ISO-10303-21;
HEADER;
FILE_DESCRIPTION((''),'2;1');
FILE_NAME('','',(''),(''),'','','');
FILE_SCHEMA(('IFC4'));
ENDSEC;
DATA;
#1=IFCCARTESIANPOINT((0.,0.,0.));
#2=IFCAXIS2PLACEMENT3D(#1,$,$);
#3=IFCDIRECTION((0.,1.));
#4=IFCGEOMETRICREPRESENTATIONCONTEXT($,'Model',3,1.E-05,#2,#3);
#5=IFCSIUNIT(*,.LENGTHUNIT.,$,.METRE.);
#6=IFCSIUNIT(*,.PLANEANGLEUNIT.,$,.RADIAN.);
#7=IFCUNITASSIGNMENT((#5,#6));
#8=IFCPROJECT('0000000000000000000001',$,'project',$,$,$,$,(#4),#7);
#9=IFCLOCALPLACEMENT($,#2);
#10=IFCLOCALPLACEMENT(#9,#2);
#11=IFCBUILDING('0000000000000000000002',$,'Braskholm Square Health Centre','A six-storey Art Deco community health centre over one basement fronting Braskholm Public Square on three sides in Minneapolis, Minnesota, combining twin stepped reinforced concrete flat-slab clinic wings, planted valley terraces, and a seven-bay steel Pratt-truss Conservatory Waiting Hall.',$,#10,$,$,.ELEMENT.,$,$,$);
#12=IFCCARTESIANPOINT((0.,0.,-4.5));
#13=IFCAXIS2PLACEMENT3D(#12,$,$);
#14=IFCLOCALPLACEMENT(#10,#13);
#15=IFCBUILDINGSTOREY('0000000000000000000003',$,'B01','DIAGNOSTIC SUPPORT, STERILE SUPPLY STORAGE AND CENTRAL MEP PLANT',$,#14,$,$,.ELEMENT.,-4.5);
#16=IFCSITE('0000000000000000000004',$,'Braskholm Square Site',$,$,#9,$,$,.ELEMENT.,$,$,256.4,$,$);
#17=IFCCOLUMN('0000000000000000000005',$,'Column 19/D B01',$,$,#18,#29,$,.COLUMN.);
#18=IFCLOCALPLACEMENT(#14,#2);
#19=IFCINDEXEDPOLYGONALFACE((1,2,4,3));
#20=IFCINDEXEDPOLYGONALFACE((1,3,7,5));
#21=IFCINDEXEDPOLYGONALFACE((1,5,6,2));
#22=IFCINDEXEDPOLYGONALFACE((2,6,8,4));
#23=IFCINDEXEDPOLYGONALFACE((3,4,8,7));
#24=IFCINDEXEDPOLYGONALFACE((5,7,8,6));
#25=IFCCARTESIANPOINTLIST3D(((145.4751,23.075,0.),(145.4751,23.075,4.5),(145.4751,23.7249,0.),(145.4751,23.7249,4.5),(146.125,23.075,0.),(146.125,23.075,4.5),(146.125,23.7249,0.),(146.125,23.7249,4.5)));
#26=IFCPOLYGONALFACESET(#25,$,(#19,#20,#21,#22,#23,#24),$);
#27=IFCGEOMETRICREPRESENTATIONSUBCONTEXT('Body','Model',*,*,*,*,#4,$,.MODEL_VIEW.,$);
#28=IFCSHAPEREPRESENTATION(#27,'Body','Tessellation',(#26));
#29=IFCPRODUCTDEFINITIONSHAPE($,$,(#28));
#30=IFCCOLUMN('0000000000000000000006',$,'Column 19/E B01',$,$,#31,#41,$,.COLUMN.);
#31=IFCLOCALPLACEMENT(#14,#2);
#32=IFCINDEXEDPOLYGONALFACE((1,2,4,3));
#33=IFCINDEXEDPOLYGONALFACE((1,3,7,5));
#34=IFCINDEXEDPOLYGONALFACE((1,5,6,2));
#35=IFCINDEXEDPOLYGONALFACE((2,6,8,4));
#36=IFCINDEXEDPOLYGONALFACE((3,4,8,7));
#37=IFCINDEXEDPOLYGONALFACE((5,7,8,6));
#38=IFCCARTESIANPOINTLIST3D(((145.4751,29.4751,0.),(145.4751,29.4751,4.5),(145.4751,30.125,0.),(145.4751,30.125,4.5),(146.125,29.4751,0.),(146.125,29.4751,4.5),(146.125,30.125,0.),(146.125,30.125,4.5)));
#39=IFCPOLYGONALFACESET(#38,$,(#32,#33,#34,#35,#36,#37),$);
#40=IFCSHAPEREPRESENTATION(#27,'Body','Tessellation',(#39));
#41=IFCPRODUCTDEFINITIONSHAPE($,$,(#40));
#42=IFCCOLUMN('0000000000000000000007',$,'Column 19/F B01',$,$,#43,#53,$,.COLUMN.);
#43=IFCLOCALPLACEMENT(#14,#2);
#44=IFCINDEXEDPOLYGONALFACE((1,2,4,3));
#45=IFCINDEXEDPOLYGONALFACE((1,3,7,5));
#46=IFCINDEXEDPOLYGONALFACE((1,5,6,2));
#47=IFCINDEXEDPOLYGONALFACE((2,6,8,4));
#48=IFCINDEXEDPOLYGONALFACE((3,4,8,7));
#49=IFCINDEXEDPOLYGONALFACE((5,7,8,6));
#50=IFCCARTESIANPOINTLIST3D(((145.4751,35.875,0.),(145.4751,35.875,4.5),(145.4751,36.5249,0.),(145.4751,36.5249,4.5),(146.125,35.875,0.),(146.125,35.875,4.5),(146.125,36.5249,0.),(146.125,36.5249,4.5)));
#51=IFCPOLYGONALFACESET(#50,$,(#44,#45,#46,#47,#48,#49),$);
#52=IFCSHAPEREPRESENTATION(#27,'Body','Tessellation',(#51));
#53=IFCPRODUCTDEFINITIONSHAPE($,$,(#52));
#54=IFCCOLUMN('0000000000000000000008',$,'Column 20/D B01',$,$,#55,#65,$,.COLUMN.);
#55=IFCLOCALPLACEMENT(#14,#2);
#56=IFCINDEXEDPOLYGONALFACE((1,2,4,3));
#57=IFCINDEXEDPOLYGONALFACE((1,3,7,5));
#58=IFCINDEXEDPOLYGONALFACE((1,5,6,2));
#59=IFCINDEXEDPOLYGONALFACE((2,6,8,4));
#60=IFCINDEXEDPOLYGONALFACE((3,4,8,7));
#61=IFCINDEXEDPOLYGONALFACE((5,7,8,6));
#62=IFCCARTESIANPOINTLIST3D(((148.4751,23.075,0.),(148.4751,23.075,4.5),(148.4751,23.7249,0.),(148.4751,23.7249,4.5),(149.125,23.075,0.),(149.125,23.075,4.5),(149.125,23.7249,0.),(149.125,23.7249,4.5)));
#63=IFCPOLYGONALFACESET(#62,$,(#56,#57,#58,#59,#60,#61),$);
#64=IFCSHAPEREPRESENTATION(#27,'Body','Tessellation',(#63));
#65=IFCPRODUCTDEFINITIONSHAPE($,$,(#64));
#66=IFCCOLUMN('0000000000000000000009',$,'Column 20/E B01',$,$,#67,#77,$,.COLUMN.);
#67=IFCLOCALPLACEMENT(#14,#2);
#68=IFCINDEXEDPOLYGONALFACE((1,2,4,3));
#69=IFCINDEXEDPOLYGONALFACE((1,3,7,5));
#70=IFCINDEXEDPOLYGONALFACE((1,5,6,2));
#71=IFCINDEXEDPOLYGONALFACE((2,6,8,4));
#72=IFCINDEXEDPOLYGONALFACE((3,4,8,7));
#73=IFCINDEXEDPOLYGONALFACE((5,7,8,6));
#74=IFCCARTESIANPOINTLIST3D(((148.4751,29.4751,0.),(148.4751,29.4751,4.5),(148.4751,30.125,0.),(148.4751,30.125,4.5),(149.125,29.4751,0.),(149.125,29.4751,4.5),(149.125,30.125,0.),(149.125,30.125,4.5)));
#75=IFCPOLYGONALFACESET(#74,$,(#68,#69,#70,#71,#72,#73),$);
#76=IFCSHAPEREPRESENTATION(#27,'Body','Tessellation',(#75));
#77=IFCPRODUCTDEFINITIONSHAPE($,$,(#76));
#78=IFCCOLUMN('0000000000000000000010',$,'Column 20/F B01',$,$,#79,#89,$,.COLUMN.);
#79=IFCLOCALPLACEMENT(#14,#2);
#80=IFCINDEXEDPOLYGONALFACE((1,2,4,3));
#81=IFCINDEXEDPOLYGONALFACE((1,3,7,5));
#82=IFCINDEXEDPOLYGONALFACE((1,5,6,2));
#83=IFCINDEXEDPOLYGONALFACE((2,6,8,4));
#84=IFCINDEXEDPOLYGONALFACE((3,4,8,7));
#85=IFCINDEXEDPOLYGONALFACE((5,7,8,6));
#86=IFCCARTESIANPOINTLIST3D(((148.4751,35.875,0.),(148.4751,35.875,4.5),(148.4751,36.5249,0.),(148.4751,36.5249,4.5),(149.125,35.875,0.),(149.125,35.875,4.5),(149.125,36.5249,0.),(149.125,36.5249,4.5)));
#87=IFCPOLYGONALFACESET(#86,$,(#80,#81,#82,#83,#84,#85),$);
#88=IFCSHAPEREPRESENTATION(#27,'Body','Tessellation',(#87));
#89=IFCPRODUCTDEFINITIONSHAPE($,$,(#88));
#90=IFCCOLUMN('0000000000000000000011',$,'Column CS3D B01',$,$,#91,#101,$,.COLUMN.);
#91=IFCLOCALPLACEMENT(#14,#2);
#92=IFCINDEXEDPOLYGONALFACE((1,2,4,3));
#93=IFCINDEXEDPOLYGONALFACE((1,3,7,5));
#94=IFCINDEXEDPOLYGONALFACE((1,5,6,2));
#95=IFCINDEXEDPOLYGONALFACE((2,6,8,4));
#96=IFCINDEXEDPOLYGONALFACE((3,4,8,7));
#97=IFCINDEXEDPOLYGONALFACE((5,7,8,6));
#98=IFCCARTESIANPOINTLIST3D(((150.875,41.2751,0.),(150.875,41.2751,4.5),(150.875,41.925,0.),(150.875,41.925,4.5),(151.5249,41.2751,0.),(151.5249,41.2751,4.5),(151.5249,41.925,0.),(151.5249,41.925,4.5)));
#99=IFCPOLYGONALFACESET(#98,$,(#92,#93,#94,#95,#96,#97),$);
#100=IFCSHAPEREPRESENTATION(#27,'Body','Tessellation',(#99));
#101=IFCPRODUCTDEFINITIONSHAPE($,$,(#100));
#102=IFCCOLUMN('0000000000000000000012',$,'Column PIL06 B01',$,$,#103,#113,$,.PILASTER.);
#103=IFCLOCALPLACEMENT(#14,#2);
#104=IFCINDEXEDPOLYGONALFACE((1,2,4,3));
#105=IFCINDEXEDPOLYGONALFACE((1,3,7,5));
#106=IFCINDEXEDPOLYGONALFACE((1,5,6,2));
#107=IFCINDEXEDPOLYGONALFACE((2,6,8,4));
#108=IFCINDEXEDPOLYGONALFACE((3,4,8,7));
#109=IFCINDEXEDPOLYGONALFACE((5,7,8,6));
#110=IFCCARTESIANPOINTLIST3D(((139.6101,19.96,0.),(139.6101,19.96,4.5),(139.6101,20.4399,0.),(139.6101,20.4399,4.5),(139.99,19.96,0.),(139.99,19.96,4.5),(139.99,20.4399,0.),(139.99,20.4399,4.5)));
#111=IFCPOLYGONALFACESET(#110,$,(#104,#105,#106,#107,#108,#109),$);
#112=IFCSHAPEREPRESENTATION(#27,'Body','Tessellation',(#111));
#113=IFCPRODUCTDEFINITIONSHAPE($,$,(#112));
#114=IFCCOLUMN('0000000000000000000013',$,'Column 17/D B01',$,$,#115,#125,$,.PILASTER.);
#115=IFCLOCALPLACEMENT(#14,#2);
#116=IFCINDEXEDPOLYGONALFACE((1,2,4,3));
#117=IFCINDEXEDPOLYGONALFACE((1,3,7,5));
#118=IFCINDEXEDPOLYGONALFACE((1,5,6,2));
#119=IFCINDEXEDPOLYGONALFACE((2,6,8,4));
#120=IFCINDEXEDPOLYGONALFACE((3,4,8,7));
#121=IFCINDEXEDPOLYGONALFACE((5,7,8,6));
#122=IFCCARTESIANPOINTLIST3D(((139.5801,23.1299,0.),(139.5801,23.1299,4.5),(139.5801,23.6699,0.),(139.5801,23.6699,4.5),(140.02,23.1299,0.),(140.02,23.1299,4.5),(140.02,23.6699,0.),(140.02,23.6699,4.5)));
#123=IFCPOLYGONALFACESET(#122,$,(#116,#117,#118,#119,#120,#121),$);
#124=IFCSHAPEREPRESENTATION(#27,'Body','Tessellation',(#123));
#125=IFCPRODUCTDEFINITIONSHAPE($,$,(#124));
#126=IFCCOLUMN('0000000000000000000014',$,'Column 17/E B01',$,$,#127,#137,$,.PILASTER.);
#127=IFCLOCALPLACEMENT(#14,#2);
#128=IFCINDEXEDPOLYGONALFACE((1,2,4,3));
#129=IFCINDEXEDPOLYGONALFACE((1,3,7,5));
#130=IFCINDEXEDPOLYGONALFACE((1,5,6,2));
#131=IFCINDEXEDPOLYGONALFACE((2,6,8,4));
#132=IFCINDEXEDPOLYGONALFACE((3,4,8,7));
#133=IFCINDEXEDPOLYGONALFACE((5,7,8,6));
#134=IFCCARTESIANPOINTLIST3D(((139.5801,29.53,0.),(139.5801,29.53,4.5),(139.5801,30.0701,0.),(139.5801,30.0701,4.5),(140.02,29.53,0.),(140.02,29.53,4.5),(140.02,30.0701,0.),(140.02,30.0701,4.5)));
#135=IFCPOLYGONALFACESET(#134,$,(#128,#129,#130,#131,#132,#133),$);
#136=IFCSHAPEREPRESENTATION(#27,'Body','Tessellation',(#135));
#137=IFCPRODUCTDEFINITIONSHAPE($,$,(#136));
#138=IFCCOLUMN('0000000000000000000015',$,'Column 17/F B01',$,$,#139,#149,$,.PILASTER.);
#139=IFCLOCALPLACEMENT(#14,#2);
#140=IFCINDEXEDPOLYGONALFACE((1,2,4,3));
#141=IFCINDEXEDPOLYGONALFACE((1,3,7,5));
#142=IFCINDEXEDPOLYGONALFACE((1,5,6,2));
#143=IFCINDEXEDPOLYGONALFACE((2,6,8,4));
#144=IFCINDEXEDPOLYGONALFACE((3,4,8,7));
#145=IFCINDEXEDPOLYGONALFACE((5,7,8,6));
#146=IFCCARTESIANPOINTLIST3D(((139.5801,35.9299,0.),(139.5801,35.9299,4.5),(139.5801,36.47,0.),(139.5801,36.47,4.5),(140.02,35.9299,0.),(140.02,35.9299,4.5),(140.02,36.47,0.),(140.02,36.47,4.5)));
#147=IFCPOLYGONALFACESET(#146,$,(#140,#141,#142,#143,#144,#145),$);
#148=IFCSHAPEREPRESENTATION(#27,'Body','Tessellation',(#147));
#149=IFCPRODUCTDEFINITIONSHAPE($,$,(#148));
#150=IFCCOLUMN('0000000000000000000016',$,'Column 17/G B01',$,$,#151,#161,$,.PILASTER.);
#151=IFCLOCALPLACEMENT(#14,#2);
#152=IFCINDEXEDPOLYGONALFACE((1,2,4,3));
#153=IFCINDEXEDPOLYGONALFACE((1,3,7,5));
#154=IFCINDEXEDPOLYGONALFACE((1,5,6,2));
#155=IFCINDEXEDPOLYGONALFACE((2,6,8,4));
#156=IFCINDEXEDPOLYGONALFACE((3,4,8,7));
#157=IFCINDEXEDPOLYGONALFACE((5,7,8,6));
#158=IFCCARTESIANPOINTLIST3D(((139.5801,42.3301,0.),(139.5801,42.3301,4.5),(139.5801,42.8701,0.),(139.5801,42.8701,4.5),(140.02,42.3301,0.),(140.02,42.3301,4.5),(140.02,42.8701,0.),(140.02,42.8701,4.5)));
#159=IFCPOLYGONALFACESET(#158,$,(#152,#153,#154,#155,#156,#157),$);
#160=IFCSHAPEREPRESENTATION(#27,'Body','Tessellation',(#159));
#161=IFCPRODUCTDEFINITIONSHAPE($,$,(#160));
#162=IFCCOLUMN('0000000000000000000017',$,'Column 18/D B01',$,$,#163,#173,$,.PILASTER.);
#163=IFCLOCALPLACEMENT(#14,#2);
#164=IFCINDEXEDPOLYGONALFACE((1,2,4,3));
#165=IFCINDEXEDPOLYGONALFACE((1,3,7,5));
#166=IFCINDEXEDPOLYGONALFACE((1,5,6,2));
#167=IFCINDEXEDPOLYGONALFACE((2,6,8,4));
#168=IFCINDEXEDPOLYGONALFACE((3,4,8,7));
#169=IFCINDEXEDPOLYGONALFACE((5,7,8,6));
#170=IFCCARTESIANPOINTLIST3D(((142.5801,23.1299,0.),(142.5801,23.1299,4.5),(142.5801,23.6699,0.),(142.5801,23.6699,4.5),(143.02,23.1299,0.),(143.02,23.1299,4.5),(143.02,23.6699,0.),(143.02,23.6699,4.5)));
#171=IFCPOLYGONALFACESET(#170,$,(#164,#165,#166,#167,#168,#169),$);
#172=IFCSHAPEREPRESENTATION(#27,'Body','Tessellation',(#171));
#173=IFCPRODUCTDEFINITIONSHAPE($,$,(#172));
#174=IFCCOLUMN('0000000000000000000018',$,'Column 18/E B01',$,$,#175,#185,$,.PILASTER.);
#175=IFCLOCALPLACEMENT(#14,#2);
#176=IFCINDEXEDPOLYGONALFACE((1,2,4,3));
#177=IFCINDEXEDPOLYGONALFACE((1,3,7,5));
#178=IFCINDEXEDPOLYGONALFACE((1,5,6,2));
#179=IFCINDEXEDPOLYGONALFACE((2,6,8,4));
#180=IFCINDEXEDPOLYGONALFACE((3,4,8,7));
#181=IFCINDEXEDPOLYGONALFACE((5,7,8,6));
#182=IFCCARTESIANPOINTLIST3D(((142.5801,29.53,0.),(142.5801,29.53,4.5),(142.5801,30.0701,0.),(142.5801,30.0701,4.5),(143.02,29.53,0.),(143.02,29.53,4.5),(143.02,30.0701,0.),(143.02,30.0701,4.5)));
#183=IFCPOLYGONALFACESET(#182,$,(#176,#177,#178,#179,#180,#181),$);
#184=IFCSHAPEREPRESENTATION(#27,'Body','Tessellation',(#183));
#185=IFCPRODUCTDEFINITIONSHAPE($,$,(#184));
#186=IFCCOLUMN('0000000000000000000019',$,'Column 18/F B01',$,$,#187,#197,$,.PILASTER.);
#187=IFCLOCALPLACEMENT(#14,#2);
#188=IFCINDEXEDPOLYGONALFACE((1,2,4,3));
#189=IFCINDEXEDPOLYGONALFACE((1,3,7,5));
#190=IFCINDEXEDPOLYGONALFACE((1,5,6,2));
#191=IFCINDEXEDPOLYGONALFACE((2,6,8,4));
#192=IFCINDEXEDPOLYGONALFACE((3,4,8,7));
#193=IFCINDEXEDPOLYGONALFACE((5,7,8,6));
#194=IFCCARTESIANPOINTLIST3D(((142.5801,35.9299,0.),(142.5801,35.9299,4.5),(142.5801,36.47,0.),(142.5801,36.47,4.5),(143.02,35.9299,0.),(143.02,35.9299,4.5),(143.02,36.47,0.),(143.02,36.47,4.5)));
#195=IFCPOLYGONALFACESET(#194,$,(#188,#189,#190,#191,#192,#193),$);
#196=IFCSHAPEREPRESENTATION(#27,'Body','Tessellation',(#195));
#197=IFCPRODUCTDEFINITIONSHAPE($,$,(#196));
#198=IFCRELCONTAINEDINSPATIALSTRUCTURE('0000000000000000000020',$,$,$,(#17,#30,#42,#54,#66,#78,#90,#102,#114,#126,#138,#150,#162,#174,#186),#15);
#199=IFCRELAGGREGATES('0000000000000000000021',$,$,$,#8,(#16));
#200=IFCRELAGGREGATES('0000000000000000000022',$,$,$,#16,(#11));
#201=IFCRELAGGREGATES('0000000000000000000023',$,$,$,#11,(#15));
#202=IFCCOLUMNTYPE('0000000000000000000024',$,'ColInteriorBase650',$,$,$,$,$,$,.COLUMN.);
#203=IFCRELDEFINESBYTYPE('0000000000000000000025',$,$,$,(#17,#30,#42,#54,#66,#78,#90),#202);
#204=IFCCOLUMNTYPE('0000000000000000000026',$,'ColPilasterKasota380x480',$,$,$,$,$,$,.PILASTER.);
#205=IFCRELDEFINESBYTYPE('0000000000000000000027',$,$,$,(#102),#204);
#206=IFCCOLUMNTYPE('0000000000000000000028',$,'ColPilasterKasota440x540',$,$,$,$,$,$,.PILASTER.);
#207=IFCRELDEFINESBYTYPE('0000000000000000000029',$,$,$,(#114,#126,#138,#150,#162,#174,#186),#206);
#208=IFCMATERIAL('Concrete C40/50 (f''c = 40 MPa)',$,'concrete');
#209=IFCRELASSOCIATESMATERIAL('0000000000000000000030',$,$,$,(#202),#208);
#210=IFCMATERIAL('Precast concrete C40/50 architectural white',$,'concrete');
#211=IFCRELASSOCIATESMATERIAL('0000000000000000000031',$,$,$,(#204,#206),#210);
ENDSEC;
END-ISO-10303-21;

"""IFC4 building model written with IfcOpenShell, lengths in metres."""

from ifc_helpers import new_model, si_unit, direction, frame, origin, origin_2d, place, context, subcontext, project, spatial, rectangle, extrude, material, material_profile, profile_set, type_object, element, save


model = new_model("IFC4")

# Units and contexts
model_context = context("Model", 3, precision=1e-05, world=origin(), true_north=direction((0.0, 1.0)))
body_context = subcontext(model_context, "Body", "Model", "MODEL_VIEW")
ifc_project = project(units=[si_unit("LENGTHUNIT", "METRE"), si_unit("PLANEANGLEUNIT", "RADIAN")], contexts=[model_context])

# Site, building, storey
site_placement = place(None, origin())
site = spatial("IfcSite", under=ifc_project, at=site_placement, Name="Braskholm Square Site", CompositionType="ELEMENT", RefElevation=256.4)
building_placement = place(site_placement, origin())
building = spatial("IfcBuilding", under=site, at=building_placement, Name="Braskholm Square Health Centre", Description="A six-storey Art Deco community health centre over one basement fronting Braskholm Public Square on three sides in Minneapolis, Minnesota, combining twin stepped reinforced concrete flat-slab clinic wings, planted valley terraces, and a seven-bay steel Pratt-truss Conservatory Waiting Hall.", CompositionType="ELEMENT")
storey_placement = place(building_placement, frame((0.0, 0.0, -4.5)))
storey = spatial("IfcBuildingStorey", under=building, at=storey_placement, Name="B01", Description="DIAGNOSTIC SUPPORT, STERILE SUPPLY STORAGE AND CENTRAL MEP PLANT", CompositionType="ELEMENT", Elevation=-4.5)

# Shared definitions
ifc_material_1 = material(Name="Concrete C40/50 (f'c = 40 MPa)", Category="concrete")

# Columns
ifc_material_profile_1 = material_profile(ifc_material_1, rectangle(XDim=0.6499, YDim=0.6499, at=origin_2d()), Name="RC-650X650")
ifc_profile_set_1 = profile_set([ifc_material_profile_1], Name="Concrete C40/50 (f'c = 40 MPa)")
column_type_1 = type_object("IfcColumnType", Name="ColInteriorBase650", PredefinedType="COLUMN", material=ifc_profile_set_1)
for number, where, z_axis, x_axis, name in (
    (1, (145.8, 23.3999, 0.0), (0.0, 0.0, 1.0), (1.0, 0.0, 0.0), "Column 19/D B01"),
    (2, (145.8, 29.8, 0.0), (0.0, 0.0, 1.0), (1.0, 0.0, 0.0), "Column 19/E B01"),
    (3, (145.8, 36.2, 0.0), (0.0, 0.0, 1.0), (1.0, 0.0, 0.0), "Column 19/F B01"),
    (4, (148.8, 23.3999, 0.0), (0.0, 0.0, 1.0), (1.0, 0.0, 0.0), "Column 20/D B01"),
    (5, (148.8, 29.8, 0.0), (0.0, 0.0, 1.0), (1.0, 0.0, 0.0), "Column 20/E B01"),
    (6, (148.8, 36.2, 0.0), (0.0, 0.0, 1.0), (1.0, 0.0, 0.0), "Column 20/F B01"),
    (7, (151.2, 41.6001, 0.0), (0.0, 0.0, 1.0), (1.0, 0.0, 0.0), "Column CS3D B01"),
):
    element("IfcColumn", number, at=place(storey_placement, frame(where, z_axis=z_axis, x_axis=x_axis)), inside=storey, type_object=column_type_1, Name=name, PredefinedType="COLUMN", context=body_context, shape_type="SweptSolid", body=[
        extrude(rectangle(XDim=0.6499, YDim=0.6499, at=origin_2d()), origin(), (0.0, 0.0, 1.0), 4.5),
    ])
ifc_material_2 = material(Name="Precast concrete C40/50 architectural white", Category="concrete")
ifc_material_profile_2 = material_profile(ifc_material_2, rectangle(XDim=0.3799, YDim=0.48, at=origin_2d()), Name="RC-380X480")
ifc_profile_set_2 = profile_set([ifc_material_profile_2], Name="Precast concrete C40/50 architectural white")
column_type_2 = type_object("IfcColumnType", Name="ColPilasterKasota380x480", PredefinedType="PILASTER", material=ifc_profile_set_2)
column_placement = place(storey_placement, frame((139.8, 20.2, 0.0), z_axis=(0.0, 0.0, 1.0), x_axis=(1.0, 0.0, 0.0)))
element("IfcColumn", 8, at=column_placement, inside=storey, type_object=column_type_2, Name="Column PIL06 B01", PredefinedType="PILASTER", context=body_context, shape_type="SweptSolid", body=[
    extrude(rectangle(XDim=0.3799, YDim=0.48, at=origin_2d()), origin(), (0.0, 0.0, 1.0), 4.5),
])
ifc_material_profile_3 = material_profile(ifc_material_2, rectangle(XDim=0.4399, YDim=0.54, at=origin_2d()), Name="RC-440X540")
ifc_profile_set_3 = profile_set([ifc_material_profile_3], Name="Precast concrete C40/50 architectural white")
column_type_3 = type_object("IfcColumnType", Name="ColPilasterKasota440x540", PredefinedType="PILASTER", material=ifc_profile_set_3)
for number, where, z_axis, x_axis, name in (
    (9, (139.8, 23.3999, 0.0), (0.0, 0.0, 1.0), (1.0, 0.0, 0.0), "Column 17/D B01"),
    (10, (139.8, 29.8, 0.0), (0.0, 0.0, 1.0), (1.0, 0.0, 0.0), "Column 17/E B01"),
    (11, (139.8, 36.2, 0.0), (0.0, 0.0, 1.0), (1.0, 0.0, 0.0), "Column 17/F B01"),
    (12, (139.8, 42.6001, 0.0), (0.0, 0.0, 1.0), (1.0, 0.0, 0.0), "Column 17/G B01"),
    (13, (142.8, 23.3999, 0.0), (0.0, 0.0, 1.0), (1.0, 0.0, 0.0), "Column 18/D B01"),
    (14, (142.8, 29.8, 0.0), (0.0, 0.0, 1.0), (1.0, 0.0, 0.0), "Column 18/E B01"),
    (15, (142.8, 36.2, 0.0), (0.0, 0.0, 1.0), (1.0, 0.0, 0.0), "Column 18/F B01"),
):
    element("IfcColumn", number, at=place(storey_placement, frame(where, z_axis=z_axis, x_axis=x_axis)), inside=storey, type_object=column_type_3, Name=name, PredefinedType="PILASTER", context=body_context, shape_type="SweptSolid", body=[
        extrude(rectangle(XDim=0.4399, YDim=0.54, at=origin_2d()), origin(), (0.0, 0.0, 1.0), 4.5),
    ])

save(model, "model.ifc")
